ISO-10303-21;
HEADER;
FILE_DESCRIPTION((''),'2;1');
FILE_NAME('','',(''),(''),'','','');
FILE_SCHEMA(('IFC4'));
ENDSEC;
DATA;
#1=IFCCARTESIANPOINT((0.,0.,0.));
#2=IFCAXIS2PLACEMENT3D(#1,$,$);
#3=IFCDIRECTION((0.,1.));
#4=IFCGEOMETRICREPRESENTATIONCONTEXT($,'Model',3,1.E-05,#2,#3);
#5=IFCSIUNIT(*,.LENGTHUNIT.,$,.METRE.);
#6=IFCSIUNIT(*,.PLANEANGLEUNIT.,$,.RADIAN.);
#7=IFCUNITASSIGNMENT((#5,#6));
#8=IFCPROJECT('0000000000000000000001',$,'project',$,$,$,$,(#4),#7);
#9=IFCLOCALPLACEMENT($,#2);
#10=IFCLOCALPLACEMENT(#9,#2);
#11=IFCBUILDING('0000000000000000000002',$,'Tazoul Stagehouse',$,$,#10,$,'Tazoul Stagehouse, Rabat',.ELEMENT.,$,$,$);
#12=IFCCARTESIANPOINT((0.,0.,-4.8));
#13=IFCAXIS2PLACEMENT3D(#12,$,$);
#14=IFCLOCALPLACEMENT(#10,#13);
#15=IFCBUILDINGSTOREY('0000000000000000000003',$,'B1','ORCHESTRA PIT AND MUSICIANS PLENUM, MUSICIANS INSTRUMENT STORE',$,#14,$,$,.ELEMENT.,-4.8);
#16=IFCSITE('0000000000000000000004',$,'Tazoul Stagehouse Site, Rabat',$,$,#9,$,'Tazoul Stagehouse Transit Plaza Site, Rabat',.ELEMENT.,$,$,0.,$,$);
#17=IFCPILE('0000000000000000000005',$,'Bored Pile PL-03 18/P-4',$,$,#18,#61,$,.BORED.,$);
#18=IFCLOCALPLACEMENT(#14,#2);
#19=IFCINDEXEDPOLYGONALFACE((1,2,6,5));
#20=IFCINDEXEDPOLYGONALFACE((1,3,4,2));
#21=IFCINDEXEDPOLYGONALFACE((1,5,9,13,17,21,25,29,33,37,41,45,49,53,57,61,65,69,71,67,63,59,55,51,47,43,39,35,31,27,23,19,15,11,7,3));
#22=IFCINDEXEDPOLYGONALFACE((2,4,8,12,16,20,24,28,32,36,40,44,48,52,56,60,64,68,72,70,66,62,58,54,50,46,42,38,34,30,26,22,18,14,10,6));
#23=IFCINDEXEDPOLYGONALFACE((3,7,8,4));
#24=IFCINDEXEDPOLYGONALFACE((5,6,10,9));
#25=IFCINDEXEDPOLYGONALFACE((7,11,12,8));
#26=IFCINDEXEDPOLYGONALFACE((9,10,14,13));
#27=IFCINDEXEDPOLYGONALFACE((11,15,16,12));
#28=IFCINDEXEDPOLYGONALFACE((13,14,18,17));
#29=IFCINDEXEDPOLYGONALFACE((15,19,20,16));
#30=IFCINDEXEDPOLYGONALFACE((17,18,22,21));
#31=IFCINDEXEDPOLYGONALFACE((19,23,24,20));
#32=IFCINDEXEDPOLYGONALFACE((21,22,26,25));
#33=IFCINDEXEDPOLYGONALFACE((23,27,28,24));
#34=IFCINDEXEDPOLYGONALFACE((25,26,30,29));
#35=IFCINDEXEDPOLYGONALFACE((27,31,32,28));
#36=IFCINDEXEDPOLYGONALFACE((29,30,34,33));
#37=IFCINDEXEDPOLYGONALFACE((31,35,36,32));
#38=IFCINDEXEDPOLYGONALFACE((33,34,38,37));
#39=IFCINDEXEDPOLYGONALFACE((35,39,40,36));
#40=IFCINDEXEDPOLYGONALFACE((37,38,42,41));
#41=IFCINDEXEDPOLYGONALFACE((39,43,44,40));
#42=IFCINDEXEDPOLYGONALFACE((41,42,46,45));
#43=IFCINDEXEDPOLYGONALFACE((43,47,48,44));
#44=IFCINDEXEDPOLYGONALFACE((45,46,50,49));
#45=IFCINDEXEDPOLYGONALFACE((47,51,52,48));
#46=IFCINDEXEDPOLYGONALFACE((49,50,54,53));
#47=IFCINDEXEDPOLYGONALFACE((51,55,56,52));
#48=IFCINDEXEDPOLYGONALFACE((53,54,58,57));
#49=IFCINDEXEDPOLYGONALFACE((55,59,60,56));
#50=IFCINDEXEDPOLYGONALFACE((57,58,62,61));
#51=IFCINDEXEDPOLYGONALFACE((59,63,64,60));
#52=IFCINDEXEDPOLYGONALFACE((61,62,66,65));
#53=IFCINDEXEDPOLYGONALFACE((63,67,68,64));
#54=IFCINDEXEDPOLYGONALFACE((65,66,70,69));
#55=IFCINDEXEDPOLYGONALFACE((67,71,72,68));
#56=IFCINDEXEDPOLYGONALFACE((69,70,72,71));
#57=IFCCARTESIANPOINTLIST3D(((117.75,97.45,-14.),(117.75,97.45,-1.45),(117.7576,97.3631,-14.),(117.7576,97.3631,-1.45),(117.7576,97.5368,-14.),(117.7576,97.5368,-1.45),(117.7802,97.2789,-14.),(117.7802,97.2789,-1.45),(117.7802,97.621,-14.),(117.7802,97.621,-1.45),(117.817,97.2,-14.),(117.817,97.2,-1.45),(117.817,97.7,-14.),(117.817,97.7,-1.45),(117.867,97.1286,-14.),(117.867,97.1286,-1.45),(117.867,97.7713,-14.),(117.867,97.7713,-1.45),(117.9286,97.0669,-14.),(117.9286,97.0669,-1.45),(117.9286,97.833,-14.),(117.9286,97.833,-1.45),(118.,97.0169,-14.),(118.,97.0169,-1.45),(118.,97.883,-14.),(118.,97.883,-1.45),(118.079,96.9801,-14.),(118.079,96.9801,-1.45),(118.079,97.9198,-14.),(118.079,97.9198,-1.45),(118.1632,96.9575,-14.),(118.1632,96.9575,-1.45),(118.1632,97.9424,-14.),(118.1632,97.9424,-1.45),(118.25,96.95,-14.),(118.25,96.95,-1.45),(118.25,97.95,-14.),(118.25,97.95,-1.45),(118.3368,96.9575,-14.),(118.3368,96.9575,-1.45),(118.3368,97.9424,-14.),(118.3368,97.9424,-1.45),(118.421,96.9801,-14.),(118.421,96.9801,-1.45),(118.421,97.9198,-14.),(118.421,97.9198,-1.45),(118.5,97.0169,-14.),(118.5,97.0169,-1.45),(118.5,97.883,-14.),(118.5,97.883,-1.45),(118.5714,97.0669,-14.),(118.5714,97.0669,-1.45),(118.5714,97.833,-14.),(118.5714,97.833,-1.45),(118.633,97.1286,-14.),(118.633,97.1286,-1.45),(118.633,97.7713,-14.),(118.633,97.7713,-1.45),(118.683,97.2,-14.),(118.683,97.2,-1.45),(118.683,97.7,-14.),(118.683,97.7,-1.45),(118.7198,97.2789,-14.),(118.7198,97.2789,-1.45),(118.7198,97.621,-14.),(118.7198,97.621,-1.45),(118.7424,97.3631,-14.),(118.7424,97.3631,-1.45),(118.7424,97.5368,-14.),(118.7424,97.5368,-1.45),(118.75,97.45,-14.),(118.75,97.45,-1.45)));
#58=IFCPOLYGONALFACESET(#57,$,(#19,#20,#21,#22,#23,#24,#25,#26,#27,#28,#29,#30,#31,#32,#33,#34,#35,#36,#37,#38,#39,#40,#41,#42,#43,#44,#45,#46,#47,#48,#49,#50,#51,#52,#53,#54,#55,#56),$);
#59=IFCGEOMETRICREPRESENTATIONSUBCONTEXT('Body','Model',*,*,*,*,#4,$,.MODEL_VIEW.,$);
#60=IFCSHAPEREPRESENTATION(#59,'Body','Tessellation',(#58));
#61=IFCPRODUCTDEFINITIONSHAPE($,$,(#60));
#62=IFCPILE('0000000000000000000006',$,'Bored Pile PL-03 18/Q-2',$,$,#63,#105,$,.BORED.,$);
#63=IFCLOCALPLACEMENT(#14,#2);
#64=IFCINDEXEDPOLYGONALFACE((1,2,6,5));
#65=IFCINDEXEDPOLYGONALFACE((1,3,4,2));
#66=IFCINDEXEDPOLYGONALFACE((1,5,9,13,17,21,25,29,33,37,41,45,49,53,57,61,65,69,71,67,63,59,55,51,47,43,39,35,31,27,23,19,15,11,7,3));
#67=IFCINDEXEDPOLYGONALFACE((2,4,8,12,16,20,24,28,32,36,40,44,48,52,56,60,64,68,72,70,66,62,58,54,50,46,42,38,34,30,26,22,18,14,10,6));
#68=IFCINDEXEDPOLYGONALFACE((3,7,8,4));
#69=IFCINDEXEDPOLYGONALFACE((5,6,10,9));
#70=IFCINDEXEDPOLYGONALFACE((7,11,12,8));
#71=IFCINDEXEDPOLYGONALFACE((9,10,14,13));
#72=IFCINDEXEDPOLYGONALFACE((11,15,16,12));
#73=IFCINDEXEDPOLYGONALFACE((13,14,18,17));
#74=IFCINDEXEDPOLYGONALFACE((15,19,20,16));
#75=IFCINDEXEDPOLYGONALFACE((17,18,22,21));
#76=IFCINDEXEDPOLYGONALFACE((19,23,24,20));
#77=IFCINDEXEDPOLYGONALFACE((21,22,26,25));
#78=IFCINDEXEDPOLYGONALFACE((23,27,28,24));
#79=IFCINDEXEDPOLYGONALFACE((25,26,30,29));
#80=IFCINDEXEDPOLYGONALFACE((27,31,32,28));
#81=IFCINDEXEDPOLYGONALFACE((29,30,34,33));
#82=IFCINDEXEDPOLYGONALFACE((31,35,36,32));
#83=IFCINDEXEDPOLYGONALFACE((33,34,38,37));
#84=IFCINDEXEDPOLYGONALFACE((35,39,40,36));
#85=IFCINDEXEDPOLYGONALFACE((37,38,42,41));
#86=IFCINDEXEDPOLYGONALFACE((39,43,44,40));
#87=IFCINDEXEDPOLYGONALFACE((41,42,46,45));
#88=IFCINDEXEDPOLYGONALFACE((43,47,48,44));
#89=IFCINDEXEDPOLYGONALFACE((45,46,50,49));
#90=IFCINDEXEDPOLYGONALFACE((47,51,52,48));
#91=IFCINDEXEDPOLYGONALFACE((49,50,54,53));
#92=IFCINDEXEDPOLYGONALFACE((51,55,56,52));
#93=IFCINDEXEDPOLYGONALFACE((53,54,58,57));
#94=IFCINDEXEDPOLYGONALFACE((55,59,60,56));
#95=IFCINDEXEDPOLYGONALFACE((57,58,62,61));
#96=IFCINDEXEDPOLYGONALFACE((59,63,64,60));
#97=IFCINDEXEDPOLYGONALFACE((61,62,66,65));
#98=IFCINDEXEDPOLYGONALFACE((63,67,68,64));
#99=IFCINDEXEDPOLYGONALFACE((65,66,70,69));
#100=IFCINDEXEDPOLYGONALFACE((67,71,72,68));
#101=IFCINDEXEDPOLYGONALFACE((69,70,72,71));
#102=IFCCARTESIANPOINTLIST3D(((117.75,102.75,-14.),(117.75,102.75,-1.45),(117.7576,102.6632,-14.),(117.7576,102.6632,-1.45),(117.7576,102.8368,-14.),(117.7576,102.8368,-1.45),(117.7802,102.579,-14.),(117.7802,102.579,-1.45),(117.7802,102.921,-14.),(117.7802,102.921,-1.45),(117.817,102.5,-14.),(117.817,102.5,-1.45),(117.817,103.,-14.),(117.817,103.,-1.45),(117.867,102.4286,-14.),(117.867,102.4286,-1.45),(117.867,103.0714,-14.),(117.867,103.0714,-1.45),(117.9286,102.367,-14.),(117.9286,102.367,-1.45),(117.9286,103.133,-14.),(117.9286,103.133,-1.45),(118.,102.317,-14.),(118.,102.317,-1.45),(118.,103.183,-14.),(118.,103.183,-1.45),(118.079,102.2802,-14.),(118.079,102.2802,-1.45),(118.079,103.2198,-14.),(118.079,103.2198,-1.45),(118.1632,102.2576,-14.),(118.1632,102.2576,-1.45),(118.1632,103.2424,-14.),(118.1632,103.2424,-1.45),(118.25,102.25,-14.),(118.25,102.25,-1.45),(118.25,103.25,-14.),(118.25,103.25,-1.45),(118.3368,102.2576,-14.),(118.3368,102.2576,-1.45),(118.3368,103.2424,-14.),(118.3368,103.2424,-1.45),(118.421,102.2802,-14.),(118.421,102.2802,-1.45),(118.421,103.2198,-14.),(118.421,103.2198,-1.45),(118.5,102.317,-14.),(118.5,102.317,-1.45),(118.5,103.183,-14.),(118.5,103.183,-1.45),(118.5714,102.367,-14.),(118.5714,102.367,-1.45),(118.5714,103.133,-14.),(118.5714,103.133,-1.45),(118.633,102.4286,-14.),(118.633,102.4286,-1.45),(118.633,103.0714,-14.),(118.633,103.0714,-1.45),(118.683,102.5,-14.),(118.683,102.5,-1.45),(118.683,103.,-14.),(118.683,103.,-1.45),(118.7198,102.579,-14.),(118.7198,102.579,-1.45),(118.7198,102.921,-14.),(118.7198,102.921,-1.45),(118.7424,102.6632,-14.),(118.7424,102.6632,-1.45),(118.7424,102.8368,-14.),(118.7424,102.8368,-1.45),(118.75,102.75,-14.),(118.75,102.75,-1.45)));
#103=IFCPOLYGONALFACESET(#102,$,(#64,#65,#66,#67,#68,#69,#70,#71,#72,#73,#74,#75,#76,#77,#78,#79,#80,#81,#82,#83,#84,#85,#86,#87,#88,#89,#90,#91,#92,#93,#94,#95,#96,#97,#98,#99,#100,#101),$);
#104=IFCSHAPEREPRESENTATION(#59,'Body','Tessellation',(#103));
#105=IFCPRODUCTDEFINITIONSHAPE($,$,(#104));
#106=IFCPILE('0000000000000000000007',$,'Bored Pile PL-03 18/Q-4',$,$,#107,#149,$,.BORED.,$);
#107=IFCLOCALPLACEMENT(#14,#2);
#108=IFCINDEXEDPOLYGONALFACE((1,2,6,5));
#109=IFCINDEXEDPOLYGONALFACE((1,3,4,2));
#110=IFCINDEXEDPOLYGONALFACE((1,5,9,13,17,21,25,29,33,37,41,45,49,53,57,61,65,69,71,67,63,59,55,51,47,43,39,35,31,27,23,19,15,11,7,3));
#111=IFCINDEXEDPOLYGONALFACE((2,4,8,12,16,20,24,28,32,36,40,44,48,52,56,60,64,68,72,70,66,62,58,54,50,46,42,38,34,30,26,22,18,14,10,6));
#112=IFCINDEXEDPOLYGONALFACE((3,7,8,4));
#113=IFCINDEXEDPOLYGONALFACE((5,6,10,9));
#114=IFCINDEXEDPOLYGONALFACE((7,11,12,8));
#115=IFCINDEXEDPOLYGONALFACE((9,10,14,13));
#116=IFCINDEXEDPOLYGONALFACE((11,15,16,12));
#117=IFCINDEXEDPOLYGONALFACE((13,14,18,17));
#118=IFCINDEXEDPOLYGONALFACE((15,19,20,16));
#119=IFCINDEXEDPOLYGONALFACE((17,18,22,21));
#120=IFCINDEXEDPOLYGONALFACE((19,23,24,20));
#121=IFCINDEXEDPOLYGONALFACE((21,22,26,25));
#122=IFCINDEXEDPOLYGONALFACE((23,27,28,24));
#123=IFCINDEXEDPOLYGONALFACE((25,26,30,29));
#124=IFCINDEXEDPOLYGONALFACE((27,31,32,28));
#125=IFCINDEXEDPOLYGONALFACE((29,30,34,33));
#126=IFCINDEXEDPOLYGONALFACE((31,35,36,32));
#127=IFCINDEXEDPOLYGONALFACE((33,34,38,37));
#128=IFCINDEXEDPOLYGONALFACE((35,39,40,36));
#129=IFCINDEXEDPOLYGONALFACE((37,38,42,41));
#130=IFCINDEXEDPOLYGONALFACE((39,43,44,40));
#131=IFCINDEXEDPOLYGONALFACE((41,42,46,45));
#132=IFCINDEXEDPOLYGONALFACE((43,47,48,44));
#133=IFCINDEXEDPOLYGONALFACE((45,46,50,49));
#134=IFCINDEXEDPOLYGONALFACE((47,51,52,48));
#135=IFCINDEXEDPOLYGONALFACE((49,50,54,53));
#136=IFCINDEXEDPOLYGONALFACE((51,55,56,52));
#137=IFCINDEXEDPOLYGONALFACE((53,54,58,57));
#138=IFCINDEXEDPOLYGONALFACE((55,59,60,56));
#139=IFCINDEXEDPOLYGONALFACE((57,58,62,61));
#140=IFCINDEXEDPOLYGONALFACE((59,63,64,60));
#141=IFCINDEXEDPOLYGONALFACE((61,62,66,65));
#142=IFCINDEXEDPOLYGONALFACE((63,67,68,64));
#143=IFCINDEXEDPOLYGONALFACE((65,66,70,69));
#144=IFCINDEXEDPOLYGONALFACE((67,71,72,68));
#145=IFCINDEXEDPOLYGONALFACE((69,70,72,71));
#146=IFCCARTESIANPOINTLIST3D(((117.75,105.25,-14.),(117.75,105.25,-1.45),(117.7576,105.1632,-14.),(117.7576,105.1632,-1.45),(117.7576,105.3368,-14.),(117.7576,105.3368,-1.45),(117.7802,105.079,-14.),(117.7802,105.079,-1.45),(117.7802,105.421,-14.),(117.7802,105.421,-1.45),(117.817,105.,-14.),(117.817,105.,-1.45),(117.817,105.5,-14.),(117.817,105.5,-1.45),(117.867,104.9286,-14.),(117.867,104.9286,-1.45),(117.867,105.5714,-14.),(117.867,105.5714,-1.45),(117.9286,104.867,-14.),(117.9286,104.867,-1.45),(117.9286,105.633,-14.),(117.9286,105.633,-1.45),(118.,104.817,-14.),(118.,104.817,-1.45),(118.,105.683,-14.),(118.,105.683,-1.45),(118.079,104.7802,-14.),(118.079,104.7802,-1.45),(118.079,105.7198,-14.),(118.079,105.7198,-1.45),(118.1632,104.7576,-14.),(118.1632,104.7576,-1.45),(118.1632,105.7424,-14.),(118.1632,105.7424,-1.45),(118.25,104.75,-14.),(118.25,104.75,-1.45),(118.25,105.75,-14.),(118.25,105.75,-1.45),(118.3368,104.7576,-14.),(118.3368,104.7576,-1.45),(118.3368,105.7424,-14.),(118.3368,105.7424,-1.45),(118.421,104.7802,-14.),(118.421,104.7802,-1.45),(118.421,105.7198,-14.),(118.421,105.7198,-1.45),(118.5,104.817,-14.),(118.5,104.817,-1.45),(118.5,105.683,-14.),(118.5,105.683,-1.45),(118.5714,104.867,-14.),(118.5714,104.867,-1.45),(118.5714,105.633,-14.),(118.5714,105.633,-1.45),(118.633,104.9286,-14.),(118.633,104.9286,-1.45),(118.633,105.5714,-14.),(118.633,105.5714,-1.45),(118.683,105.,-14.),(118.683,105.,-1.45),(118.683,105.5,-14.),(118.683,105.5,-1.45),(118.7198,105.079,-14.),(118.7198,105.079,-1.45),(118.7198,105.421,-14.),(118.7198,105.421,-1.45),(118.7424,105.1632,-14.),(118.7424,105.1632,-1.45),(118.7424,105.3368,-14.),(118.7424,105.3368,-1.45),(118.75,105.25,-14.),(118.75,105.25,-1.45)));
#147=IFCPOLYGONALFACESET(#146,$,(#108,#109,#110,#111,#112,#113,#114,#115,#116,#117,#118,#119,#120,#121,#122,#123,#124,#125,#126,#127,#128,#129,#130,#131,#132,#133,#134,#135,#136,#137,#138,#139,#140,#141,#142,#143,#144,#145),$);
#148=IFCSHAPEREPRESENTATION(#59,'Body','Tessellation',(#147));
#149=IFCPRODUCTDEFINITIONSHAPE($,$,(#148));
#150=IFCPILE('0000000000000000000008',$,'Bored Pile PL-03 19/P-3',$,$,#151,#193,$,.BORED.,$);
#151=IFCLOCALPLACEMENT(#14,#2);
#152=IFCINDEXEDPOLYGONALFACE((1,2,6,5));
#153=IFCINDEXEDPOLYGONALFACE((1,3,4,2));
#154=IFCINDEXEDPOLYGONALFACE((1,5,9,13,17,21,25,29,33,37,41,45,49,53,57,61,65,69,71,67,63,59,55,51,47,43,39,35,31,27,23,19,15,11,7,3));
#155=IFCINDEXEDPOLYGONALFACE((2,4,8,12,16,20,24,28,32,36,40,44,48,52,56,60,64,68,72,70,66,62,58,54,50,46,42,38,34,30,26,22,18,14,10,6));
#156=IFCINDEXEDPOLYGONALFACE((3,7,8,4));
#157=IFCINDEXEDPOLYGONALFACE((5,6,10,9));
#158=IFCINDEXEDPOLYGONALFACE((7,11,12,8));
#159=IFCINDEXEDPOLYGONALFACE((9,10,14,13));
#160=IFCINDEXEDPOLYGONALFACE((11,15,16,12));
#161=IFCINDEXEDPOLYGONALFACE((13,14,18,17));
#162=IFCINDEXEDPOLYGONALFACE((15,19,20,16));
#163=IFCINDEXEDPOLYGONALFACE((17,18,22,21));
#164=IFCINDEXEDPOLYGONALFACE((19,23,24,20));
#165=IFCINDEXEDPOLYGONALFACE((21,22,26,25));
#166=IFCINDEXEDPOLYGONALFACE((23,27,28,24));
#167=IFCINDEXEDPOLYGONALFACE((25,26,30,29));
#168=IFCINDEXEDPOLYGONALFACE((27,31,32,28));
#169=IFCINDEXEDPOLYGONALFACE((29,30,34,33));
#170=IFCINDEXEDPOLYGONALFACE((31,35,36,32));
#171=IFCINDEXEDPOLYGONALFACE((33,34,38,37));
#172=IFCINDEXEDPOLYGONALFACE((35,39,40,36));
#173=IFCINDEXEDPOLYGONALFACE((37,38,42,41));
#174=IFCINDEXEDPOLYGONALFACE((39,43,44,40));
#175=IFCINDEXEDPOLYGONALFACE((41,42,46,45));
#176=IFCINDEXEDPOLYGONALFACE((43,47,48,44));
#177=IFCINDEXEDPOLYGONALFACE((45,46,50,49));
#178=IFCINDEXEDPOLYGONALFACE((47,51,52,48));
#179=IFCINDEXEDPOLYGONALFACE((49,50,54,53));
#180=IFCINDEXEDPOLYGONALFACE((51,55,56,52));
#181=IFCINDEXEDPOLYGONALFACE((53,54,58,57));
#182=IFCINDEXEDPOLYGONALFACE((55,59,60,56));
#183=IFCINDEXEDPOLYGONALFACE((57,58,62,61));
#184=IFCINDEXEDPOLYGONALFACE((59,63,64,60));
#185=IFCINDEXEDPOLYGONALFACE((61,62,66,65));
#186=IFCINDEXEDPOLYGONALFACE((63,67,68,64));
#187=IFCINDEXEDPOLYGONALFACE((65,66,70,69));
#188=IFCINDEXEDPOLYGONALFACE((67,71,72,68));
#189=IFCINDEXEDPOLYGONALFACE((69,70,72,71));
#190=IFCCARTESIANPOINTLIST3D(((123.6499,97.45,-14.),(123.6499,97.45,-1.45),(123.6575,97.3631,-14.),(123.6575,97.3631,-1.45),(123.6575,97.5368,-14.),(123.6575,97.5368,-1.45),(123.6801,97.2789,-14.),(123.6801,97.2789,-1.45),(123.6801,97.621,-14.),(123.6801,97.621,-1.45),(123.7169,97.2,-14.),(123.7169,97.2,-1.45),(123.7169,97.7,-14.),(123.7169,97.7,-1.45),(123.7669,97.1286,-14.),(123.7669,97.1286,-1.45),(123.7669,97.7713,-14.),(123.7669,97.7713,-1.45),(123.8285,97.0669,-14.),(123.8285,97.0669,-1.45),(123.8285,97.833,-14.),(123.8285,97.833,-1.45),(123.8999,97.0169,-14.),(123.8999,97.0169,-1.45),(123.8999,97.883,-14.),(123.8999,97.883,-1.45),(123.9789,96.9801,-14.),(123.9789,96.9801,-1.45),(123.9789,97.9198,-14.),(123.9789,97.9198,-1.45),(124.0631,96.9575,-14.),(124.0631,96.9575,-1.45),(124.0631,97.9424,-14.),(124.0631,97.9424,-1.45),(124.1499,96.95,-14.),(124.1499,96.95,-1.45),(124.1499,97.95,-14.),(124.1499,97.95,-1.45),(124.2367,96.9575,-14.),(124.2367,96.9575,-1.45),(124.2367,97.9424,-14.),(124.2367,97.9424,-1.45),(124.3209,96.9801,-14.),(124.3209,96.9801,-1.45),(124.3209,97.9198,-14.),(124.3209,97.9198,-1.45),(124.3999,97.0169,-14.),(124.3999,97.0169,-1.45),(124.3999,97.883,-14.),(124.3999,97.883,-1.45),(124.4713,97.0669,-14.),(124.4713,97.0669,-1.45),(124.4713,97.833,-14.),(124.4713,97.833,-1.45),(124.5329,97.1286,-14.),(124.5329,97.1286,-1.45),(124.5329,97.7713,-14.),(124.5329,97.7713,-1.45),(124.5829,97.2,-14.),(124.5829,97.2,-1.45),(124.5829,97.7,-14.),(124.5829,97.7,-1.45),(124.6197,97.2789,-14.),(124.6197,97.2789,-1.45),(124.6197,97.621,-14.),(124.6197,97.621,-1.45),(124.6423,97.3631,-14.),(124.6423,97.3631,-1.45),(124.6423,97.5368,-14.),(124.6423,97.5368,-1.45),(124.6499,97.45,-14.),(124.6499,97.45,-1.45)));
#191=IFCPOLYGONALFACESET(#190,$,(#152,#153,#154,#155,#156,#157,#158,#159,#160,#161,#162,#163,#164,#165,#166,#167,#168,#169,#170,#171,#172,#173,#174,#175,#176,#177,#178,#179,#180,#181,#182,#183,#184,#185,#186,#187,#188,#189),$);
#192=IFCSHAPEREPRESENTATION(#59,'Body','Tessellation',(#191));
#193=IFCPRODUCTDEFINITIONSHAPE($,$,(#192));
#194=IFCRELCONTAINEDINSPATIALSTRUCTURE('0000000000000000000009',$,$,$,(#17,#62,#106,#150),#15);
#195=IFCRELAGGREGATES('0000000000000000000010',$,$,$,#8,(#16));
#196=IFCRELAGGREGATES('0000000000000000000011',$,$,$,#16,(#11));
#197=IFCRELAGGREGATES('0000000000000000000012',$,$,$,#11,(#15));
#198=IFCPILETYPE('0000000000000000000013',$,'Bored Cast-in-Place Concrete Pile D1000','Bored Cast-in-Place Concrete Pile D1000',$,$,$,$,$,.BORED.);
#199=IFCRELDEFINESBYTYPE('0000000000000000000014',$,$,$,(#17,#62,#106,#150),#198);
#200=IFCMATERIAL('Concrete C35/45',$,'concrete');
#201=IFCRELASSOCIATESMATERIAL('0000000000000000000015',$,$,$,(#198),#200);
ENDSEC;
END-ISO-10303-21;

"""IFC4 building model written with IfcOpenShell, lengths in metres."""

from ifc_helpers import new_model, si_unit, direction, frame, origin, origin_2d, place, context, subcontext, project, spatial, circle, extrude, material, material_profile, profile_set, type_object, element, save


model = new_model("IFC4")

# Units and contexts
model_context = context("Model", 3, precision=1e-05, world=origin(), true_north=direction((0.0, 1.0)))
body_context = subcontext(model_context, "Body", "Model", "MODEL_VIEW")
ifc_project = project(units=[si_unit("LENGTHUNIT", "METRE"), si_unit("PLANEANGLEUNIT", "RADIAN")], contexts=[model_context])

# Site, building, storey
site_placement = place(None, origin())
site = spatial("IfcSite", under=ifc_project, at=site_placement, Name="Tazoul Stagehouse Site, Rabat", LongName="Tazoul Stagehouse Transit Plaza Site, Rabat", CompositionType="ELEMENT", RefElevation=0.0)
building_placement = place(site_placement, origin())
building = spatial("IfcBuilding", under=site, at=building_placement, Name="Tazoul Stagehouse", LongName="Tazoul Stagehouse, Rabat", CompositionType="ELEMENT")
storey_placement = place(building_placement, frame((0.0, 0.0, -4.8)))
storey = spatial("IfcBuildingStorey", under=building, at=storey_placement, Name="B1", Description="ORCHESTRA PIT AND MUSICIANS PLENUM, MUSICIANS INSTRUMENT STORE", CompositionType="ELEMENT", Elevation=-4.8)

# Piles
ifc_material_1 = material(Name="Concrete C35/45", Category="concrete")
ifc_material_profile_1 = material_profile(ifc_material_1, circle(Radius=0.5, at=origin_2d()), Name="BORED PILE 1000")
ifc_profile_set_1 = profile_set([ifc_material_profile_1], Name="Concrete C35/45")
pile_type_1 = type_object("IfcPileType", Name="Bored Cast-in-Place Concrete Pile D1000", Description="Bored Cast-in-Place Concrete Pile D1000", PredefinedType="BORED", material=ifc_profile_set_1)
for number, where, z_axis, x_axis, name in (
    (1, (118.25, 97.45, -1.45), (0.0, 0.0, -1.0), (1.0, 0.0, 0.0), "Bored Pile PL-03 18/P-4"),
    (2, (118.25, 102.75, -1.45), (0.0, 0.0, -1.0), (1.0, 0.0, 0.0), "Bored Pile PL-03 18/Q-2"),
    (3, (118.25, 105.25, -1.45), (0.0, 0.0, -1.0), (1.0, 0.0, 0.0), "Bored Pile PL-03 18/Q-4"),
    (4, (124.1499, 97.45, -1.45), (0.0, 0.0, -1.0), (1.0, 0.0, 0.0), "Bored Pile PL-03 19/P-3"),
):
    element("IfcPile", number, at=place(storey_placement, frame(where, z_axis=z_axis, x_axis=x_axis)), inside=storey, type_object=pile_type_1, Name=name, PredefinedType="BORED", context=body_context, shape_type="SweptSolid", body=[
        extrude(circle(Radius=0.5, at=origin_2d()), origin(), (0.0, 0.0, 1.0), 12.55),
    ])

save(model, "model.ifc")
